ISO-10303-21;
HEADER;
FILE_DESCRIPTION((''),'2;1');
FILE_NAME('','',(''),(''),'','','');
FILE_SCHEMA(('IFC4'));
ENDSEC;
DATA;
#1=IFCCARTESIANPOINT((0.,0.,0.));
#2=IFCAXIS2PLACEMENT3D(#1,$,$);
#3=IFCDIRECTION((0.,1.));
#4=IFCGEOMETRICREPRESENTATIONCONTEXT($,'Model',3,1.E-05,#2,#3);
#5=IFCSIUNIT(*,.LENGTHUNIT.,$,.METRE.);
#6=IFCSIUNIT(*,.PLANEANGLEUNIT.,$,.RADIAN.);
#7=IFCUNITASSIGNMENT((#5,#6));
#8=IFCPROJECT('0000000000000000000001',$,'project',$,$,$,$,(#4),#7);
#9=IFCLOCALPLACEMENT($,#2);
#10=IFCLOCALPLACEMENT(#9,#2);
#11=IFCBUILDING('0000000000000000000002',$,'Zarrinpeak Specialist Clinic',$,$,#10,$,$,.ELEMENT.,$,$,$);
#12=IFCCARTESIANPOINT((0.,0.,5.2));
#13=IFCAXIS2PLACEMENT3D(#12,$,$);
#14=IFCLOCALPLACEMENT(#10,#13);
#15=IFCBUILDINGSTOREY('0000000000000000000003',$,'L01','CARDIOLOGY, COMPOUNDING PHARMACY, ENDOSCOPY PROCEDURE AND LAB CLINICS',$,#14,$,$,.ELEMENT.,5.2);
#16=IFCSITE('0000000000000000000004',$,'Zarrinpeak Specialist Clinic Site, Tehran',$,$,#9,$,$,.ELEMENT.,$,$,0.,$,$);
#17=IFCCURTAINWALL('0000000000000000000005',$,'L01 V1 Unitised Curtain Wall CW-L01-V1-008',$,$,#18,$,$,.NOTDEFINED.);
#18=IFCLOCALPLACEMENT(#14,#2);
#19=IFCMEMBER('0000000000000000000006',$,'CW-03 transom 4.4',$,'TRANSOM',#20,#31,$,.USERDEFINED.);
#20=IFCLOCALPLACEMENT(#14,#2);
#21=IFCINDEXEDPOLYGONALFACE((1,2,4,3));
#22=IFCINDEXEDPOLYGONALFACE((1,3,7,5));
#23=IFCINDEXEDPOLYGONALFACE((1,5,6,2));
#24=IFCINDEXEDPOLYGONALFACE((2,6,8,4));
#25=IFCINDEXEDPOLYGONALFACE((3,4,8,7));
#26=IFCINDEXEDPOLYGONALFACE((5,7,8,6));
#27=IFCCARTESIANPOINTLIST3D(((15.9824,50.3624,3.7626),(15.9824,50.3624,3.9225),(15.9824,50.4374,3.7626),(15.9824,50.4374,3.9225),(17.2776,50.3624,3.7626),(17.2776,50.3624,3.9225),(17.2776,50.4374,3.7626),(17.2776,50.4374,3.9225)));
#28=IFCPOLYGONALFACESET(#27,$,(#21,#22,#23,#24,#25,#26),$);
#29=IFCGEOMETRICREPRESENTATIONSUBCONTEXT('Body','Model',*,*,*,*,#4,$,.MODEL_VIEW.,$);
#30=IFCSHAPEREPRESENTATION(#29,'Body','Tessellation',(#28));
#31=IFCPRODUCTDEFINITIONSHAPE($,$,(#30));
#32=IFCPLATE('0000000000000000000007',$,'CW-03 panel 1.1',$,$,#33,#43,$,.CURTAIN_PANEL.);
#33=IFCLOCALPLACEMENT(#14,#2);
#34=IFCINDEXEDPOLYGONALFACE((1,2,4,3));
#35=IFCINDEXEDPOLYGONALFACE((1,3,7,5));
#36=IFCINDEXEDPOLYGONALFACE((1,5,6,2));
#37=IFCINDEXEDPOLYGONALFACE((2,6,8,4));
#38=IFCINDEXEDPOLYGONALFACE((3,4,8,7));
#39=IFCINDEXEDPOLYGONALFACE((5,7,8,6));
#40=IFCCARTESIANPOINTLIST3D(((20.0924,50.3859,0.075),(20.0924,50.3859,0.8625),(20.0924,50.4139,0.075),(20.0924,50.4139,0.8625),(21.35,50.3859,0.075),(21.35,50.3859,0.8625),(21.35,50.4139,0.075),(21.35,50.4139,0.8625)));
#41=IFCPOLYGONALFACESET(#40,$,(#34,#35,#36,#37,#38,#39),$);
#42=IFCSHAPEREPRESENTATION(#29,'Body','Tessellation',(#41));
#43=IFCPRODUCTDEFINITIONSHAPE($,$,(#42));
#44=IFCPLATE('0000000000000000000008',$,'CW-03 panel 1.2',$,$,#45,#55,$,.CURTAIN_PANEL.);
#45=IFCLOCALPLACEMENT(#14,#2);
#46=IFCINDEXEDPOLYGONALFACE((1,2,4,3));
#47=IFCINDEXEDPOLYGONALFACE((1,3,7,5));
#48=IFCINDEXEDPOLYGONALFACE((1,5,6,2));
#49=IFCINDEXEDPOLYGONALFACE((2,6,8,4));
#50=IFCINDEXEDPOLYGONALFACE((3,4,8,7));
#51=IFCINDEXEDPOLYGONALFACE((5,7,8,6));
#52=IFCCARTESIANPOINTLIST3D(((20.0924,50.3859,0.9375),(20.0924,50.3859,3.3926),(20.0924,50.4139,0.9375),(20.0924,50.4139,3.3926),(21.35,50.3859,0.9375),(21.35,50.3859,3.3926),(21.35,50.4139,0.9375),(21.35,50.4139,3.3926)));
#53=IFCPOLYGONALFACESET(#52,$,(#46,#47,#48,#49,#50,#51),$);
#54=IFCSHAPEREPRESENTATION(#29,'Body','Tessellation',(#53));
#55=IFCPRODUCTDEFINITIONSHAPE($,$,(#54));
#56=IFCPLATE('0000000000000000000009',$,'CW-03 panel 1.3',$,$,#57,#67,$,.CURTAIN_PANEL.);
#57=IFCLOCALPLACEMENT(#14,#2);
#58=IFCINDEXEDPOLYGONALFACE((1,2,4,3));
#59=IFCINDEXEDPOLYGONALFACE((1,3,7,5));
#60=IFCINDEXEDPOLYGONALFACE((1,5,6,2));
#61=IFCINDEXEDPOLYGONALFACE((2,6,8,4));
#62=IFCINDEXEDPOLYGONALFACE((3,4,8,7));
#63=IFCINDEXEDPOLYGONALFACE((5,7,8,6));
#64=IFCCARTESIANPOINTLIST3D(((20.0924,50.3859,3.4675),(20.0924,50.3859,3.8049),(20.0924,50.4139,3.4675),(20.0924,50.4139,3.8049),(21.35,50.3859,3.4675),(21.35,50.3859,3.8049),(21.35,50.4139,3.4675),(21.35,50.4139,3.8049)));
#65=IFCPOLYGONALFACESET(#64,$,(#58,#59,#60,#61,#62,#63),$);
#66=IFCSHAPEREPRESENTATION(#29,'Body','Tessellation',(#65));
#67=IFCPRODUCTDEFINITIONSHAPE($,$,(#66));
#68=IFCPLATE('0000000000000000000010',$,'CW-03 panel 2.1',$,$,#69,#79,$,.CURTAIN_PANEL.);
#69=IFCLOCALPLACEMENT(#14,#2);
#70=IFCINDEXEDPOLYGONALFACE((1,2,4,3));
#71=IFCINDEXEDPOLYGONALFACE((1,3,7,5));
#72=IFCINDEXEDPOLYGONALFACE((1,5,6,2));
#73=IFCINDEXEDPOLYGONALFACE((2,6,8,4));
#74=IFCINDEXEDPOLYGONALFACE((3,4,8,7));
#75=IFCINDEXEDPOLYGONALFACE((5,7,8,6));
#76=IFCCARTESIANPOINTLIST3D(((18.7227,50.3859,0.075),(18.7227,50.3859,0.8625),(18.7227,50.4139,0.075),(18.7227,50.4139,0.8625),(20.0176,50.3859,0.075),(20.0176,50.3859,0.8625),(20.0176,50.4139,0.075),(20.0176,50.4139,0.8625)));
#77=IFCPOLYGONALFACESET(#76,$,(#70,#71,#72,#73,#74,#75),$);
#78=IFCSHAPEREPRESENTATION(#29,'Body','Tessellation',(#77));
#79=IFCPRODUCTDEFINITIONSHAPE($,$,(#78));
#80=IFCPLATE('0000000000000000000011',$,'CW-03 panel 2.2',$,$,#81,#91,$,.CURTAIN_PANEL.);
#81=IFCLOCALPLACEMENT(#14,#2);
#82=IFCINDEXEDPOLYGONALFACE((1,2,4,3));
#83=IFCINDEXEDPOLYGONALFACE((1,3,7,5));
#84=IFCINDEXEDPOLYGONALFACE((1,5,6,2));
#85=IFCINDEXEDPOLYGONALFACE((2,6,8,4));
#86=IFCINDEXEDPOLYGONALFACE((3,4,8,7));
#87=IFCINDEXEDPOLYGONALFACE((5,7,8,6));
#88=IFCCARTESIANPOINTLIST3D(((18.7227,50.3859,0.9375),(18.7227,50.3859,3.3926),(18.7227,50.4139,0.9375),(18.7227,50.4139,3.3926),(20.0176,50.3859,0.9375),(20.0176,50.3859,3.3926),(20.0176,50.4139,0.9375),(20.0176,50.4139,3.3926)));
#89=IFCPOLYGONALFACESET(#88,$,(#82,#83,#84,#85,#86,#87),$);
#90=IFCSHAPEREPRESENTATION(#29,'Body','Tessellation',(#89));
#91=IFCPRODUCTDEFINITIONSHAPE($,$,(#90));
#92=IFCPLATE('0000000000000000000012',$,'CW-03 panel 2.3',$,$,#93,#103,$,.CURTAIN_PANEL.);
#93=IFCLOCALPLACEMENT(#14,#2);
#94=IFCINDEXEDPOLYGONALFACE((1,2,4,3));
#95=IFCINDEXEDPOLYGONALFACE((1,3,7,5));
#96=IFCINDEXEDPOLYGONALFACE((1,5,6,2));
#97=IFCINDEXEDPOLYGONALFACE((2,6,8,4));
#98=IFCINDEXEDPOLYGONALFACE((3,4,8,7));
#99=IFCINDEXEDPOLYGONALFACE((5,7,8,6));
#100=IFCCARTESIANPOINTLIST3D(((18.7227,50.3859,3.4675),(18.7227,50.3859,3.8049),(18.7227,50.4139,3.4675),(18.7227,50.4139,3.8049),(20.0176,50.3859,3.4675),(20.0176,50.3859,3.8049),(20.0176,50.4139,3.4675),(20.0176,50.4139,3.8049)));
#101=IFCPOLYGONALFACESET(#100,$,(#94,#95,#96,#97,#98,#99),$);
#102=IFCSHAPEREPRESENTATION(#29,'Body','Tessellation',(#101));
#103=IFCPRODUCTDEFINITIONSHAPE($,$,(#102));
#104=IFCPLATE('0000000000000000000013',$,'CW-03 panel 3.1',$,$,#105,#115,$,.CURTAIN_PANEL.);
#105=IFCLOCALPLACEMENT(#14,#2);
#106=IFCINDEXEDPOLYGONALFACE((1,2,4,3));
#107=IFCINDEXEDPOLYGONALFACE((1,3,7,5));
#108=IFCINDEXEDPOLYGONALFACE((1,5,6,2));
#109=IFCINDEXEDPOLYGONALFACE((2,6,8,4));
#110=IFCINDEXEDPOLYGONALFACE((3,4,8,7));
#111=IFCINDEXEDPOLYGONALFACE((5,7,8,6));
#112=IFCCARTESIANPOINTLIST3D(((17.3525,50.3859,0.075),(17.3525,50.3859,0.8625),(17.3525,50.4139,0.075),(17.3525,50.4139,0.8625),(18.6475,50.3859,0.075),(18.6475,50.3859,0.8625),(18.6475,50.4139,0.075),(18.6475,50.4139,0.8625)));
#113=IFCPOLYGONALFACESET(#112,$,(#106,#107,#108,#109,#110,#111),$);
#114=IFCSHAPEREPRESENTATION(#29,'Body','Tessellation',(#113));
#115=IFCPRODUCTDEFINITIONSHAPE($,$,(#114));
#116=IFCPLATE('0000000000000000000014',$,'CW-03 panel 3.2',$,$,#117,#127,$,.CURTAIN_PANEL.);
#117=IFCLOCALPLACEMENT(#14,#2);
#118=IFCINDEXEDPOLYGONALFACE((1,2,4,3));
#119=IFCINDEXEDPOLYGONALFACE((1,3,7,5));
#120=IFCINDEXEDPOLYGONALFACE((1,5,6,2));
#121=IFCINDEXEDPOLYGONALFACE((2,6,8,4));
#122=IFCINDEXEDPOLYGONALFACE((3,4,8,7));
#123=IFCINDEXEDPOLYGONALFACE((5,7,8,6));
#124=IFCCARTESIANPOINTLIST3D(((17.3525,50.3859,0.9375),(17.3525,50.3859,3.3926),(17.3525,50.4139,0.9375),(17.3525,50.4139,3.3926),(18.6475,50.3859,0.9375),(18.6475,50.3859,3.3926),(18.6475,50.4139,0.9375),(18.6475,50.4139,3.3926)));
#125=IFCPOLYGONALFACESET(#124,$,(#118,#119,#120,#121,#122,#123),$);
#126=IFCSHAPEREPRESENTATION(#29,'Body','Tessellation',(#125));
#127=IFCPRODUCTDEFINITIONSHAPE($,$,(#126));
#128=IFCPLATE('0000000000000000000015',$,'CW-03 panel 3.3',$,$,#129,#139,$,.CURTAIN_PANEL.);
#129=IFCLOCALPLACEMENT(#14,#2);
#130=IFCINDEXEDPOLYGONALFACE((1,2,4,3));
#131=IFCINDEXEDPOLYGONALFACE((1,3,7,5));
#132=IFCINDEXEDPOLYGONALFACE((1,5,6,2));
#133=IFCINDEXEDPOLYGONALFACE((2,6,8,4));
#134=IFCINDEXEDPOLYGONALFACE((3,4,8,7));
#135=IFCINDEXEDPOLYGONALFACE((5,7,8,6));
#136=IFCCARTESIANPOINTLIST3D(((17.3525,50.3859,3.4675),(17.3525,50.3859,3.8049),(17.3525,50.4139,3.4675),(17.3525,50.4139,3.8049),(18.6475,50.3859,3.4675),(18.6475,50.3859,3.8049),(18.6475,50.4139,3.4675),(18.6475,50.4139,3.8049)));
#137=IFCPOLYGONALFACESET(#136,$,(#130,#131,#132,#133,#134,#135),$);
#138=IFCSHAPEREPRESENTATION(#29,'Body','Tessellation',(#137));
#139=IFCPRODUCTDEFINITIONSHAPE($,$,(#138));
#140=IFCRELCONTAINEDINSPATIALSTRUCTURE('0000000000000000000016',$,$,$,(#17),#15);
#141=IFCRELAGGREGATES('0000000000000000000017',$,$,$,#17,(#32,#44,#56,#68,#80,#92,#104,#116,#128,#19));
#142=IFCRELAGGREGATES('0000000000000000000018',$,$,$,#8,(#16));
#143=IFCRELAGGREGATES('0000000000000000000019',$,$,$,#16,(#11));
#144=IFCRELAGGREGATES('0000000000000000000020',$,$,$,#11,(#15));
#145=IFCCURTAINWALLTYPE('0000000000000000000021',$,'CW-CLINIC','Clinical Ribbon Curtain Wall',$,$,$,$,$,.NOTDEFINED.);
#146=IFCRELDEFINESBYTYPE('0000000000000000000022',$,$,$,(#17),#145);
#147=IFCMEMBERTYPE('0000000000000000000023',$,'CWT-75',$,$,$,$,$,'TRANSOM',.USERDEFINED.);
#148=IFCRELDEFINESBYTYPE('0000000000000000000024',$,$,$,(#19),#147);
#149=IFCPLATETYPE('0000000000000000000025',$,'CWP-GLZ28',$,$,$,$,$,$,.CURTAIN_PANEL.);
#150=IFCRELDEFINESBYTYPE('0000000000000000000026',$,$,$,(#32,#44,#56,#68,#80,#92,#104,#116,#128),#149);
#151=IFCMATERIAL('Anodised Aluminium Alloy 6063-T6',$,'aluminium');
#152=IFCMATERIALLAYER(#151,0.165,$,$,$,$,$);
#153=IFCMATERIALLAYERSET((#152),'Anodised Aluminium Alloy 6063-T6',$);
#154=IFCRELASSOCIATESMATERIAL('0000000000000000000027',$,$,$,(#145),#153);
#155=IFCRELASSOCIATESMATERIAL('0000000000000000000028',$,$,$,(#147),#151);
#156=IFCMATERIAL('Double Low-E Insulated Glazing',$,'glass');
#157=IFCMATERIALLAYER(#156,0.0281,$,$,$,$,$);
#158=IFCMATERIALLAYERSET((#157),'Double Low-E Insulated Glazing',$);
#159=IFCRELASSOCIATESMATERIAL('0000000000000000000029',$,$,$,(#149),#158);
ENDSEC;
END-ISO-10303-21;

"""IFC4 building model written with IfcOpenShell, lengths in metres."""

from ifc_helpers import new_model, si_unit, direction, frame, origin, origin_2d, place, context, subcontext, project, spatial, rectangle, extrude, material, layer, layer_set, material_profile, profile_set, type_object, element, aggregate, save


model = new_model("IFC4")

# Units and contexts
model_context = context("Model", 3, precision=1e-05, world=origin(), true_north=direction((0.0, 1.0)))
body_context = subcontext(model_context, "Body", "Model", "MODEL_VIEW")
ifc_project = project(units=[si_unit("LENGTHUNIT", "METRE"), si_unit("PLANEANGLEUNIT", "RADIAN")], contexts=[model_context])

# Site, building, storey
site_placement = place(None, origin())
site = spatial("IfcSite", under=ifc_project, at=site_placement, Name="Zarrinpeak Specialist Clinic Site, Tehran", CompositionType="ELEMENT", RefElevation=0.0)
building_placement = place(site_placement, origin())
building = spatial("IfcBuilding", under=site, at=building_placement, Name="Zarrinpeak Specialist Clinic", CompositionType="ELEMENT")
storey_placement = place(building_placement, frame((0.0, 0.0, 5.2)))
storey = spatial("IfcBuildingStorey", under=building, at=storey_placement, Name="L01", Description="CARDIOLOGY, COMPOUNDING PHARMACY, ENDOSCOPY PROCEDURE AND LAB CLINICS", CompositionType="ELEMENT", Elevation=5.2)

# Curtain wall, member, plates
ifc_material_1 = material(Name="Anodised Aluminium Alloy 6063-T6", Category="aluminium")
ifc_layer_1 = layer(ifc_material_1, 0.165)
ifc_layer_set_1 = layer_set([ifc_layer_1], Name="Anodised Aluminium Alloy 6063-T6")
curtain_wall_type = type_object("IfcCurtainWallType", Name="CW-CLINIC", Description="Clinical Ribbon Curtain Wall", PredefinedType="NOTDEFINED", material=ifc_layer_set_1)
curtain_wall_placement = place(storey_placement, origin())
curtain_wall = element("IfcCurtainWall", 1, at=curtain_wall_placement, inside=storey, type_object=curtain_wall_type, Name="L01 V1 Unitised Curtain Wall CW-L01-V1-008", PredefinedType="NOTDEFINED")
ifc_material_profile_1 = material_profile(ifc_material_1, rectangle(XDim=0.075, YDim=0.1599, at=origin_2d()), Name="ALU 75x160")
ifc_profile_set_1 = profile_set([ifc_material_profile_1], Name="Anodised Aluminium Alloy 6063-T6")
member_type_1 = type_object("IfcMemberType", Name="CWT-75", ElementType="TRANSOM", PredefinedType="USERDEFINED", material=ifc_profile_set_1)
member_1_placement = place(storey_placement, frame((17.2776, 50.3999, 3.8425), z_axis=(-1.0, 0.0, 0.0), x_axis=(0.0, -1.0, 0.0)))
member_1 = element("IfcMember", 2, at=member_1_placement, type_object=member_type_1, Name="CW-03 transom 4.4", ObjectType="TRANSOM", PredefinedType="USERDEFINED", context=body_context, shape_type="SweptSolid", body=[
    extrude(rectangle(XDim=0.075, YDim=0.1599, at=origin_2d()), origin(), (0.0, 0.0, 1.0), 1.2952),
])
ifc_material_2 = material(Name="Double Low-E Insulated Glazing", Category="glass")
ifc_layer_2 = layer(ifc_material_2, 0.0281)
ifc_layer_set_2 = layer_set([ifc_layer_2], Name="Double Low-E Insulated Glazing")
plate_type = type_object("IfcPlateType", Name="CWP-GLZ28", PredefinedType="CURTAIN_PANEL", material=ifc_layer_set_2)
plate_1_placement = place(storey_placement, frame((20.7212, 50.3999, 0.075), z_axis=(0.0, 0.0, 1.0), x_axis=(-1.0, 0.0, 0.0)))
plate_1 = element("IfcPlate", 3, at=plate_1_placement, type_object=plate_type, Name="CW-03 panel 1.1", PredefinedType="CURTAIN_PANEL", context=body_context, shape_type="SweptSolid", body=[
    extrude(rectangle(XDim=1.2576, YDim=0.0281, at=origin_2d()), origin(), (0.0, 0.0, 1.0), 0.7876),
])
plate_2_placement = place(storey_placement, frame((20.7212, 50.3999, 0.9375), z_axis=(0.0, 0.0, 1.0), x_axis=(-1.0, 0.0, 0.0)))
plate_2 = element("IfcPlate", 4, at=plate_2_placement, type_object=plate_type, Name="CW-03 panel 1.2", PredefinedType="CURTAIN_PANEL", context=body_context, shape_type="SweptSolid", body=[
    extrude(rectangle(XDim=1.2576, YDim=0.0281, at=origin_2d()), origin(), (0.0, 0.0, 1.0), 2.4551),
])
plate_3_placement = place(storey_placement, frame((20.7212, 50.3999, 3.4675), z_axis=(0.0, 0.0, 1.0), x_axis=(-1.0, 0.0, 0.0)))
plate_3 = element("IfcPlate", 5, at=plate_3_placement, type_object=plate_type, Name="CW-03 panel 1.3", PredefinedType="CURTAIN_PANEL", context=body_context, shape_type="SweptSolid", body=[
    extrude(rectangle(XDim=1.2576, YDim=0.0281, at=origin_2d()), origin(), (0.0, 0.0, 1.0), 0.3374),
])
plate_4_placement = place(storey_placement, frame((19.3701, 50.3999, 0.075), z_axis=(0.0, 0.0, 1.0), x_axis=(-1.0, 0.0, 0.0)))
plate_4 = element("IfcPlate", 6, at=plate_4_placement, type_object=plate_type, Name="CW-03 panel 2.1", PredefinedType="CURTAIN_PANEL", context=body_context, shape_type="SweptSolid", body=[
    extrude(rectangle(XDim=1.2949, YDim=0.0281, at=origin_2d()), origin(), (0.0, 0.0, 1.0), 0.7876),
])
plate_5_placement = place(storey_placement, frame((19.3701, 50.3999, 0.9375), z_axis=(0.0, 0.0, 1.0), x_axis=(-1.0, 0.0, 0.0)))
plate_5 = element("IfcPlate", 7, at=plate_5_placement, type_object=plate_type, Name="CW-03 panel 2.2", PredefinedType="CURTAIN_PANEL", context=body_context, shape_type="SweptSolid", body=[
    extrude(rectangle(XDim=1.2949, YDim=0.0281, at=origin_2d()), origin(), (0.0, 0.0, 1.0), 2.4551),
])
plate_6_placement = place(storey_placement, frame((19.3701, 50.3999, 3.4675), z_axis=(0.0, 0.0, 1.0), x_axis=(-1.0, 0.0, 0.0)))
plate_6 = element("IfcPlate", 8, at=plate_6_placement, type_object=plate_type, Name="CW-03 panel 2.3", PredefinedType="CURTAIN_PANEL", context=body_context, shape_type="SweptSolid", body=[
    extrude(rectangle(XDim=1.2949, YDim=0.0281, at=origin_2d()), origin(), (0.0, 0.0, 1.0), 0.3374),
])
plate_7_placement = place(storey_placement, frame((18.0, 50.3999, 0.075), z_axis=(0.0, 0.0, 1.0), x_axis=(-1.0, 0.0, 0.0)))
plate_7 = element("IfcPlate", 9, at=plate_7_placement, type_object=plate_type, Name="CW-03 panel 3.1", PredefinedType="CURTAIN_PANEL", context=body_context, shape_type="SweptSolid", body=[
    extrude(rectangle(XDim=1.2949, YDim=0.0281, at=origin_2d()), origin(), (0.0, 0.0, 1.0), 0.7876),
])
plate_8_placement = place(storey_placement, frame((18.0, 50.3999, 0.9375), z_axis=(0.0, 0.0, 1.0), x_axis=(-1.0, 0.0, 0.0)))
plate_8 = element("IfcPlate", 10, at=plate_8_placement, type_object=plate_type, Name="CW-03 panel 3.2", PredefinedType="CURTAIN_PANEL", context=body_context, shape_type="SweptSolid", body=[
    extrude(rectangle(XDim=1.2949, YDim=0.0281, at=origin_2d()), origin(), (0.0, 0.0, 1.0), 2.4551),
])
plate_9_placement = place(storey_placement, frame((18.0, 50.3999, 3.4675), z_axis=(0.0, 0.0, 1.0), x_axis=(-1.0, 0.0, 0.0)))
plate_9 = element("IfcPlate", 11, at=plate_9_placement, type_object=plate_type, Name="CW-03 panel 3.3", PredefinedType="CURTAIN_PANEL", context=body_context, shape_type="SweptSolid", body=[
    extrude(rectangle(XDim=1.2949, YDim=0.0281, at=origin_2d()), origin(), (0.0, 0.0, 1.0), 0.3374),
])
aggregate(curtain_wall, [plate_1, plate_2, plate_3, plate_4, plate_5, plate_6, plate_7, plate_8, plate_9, member_1])

save(model, "model.ifc")
